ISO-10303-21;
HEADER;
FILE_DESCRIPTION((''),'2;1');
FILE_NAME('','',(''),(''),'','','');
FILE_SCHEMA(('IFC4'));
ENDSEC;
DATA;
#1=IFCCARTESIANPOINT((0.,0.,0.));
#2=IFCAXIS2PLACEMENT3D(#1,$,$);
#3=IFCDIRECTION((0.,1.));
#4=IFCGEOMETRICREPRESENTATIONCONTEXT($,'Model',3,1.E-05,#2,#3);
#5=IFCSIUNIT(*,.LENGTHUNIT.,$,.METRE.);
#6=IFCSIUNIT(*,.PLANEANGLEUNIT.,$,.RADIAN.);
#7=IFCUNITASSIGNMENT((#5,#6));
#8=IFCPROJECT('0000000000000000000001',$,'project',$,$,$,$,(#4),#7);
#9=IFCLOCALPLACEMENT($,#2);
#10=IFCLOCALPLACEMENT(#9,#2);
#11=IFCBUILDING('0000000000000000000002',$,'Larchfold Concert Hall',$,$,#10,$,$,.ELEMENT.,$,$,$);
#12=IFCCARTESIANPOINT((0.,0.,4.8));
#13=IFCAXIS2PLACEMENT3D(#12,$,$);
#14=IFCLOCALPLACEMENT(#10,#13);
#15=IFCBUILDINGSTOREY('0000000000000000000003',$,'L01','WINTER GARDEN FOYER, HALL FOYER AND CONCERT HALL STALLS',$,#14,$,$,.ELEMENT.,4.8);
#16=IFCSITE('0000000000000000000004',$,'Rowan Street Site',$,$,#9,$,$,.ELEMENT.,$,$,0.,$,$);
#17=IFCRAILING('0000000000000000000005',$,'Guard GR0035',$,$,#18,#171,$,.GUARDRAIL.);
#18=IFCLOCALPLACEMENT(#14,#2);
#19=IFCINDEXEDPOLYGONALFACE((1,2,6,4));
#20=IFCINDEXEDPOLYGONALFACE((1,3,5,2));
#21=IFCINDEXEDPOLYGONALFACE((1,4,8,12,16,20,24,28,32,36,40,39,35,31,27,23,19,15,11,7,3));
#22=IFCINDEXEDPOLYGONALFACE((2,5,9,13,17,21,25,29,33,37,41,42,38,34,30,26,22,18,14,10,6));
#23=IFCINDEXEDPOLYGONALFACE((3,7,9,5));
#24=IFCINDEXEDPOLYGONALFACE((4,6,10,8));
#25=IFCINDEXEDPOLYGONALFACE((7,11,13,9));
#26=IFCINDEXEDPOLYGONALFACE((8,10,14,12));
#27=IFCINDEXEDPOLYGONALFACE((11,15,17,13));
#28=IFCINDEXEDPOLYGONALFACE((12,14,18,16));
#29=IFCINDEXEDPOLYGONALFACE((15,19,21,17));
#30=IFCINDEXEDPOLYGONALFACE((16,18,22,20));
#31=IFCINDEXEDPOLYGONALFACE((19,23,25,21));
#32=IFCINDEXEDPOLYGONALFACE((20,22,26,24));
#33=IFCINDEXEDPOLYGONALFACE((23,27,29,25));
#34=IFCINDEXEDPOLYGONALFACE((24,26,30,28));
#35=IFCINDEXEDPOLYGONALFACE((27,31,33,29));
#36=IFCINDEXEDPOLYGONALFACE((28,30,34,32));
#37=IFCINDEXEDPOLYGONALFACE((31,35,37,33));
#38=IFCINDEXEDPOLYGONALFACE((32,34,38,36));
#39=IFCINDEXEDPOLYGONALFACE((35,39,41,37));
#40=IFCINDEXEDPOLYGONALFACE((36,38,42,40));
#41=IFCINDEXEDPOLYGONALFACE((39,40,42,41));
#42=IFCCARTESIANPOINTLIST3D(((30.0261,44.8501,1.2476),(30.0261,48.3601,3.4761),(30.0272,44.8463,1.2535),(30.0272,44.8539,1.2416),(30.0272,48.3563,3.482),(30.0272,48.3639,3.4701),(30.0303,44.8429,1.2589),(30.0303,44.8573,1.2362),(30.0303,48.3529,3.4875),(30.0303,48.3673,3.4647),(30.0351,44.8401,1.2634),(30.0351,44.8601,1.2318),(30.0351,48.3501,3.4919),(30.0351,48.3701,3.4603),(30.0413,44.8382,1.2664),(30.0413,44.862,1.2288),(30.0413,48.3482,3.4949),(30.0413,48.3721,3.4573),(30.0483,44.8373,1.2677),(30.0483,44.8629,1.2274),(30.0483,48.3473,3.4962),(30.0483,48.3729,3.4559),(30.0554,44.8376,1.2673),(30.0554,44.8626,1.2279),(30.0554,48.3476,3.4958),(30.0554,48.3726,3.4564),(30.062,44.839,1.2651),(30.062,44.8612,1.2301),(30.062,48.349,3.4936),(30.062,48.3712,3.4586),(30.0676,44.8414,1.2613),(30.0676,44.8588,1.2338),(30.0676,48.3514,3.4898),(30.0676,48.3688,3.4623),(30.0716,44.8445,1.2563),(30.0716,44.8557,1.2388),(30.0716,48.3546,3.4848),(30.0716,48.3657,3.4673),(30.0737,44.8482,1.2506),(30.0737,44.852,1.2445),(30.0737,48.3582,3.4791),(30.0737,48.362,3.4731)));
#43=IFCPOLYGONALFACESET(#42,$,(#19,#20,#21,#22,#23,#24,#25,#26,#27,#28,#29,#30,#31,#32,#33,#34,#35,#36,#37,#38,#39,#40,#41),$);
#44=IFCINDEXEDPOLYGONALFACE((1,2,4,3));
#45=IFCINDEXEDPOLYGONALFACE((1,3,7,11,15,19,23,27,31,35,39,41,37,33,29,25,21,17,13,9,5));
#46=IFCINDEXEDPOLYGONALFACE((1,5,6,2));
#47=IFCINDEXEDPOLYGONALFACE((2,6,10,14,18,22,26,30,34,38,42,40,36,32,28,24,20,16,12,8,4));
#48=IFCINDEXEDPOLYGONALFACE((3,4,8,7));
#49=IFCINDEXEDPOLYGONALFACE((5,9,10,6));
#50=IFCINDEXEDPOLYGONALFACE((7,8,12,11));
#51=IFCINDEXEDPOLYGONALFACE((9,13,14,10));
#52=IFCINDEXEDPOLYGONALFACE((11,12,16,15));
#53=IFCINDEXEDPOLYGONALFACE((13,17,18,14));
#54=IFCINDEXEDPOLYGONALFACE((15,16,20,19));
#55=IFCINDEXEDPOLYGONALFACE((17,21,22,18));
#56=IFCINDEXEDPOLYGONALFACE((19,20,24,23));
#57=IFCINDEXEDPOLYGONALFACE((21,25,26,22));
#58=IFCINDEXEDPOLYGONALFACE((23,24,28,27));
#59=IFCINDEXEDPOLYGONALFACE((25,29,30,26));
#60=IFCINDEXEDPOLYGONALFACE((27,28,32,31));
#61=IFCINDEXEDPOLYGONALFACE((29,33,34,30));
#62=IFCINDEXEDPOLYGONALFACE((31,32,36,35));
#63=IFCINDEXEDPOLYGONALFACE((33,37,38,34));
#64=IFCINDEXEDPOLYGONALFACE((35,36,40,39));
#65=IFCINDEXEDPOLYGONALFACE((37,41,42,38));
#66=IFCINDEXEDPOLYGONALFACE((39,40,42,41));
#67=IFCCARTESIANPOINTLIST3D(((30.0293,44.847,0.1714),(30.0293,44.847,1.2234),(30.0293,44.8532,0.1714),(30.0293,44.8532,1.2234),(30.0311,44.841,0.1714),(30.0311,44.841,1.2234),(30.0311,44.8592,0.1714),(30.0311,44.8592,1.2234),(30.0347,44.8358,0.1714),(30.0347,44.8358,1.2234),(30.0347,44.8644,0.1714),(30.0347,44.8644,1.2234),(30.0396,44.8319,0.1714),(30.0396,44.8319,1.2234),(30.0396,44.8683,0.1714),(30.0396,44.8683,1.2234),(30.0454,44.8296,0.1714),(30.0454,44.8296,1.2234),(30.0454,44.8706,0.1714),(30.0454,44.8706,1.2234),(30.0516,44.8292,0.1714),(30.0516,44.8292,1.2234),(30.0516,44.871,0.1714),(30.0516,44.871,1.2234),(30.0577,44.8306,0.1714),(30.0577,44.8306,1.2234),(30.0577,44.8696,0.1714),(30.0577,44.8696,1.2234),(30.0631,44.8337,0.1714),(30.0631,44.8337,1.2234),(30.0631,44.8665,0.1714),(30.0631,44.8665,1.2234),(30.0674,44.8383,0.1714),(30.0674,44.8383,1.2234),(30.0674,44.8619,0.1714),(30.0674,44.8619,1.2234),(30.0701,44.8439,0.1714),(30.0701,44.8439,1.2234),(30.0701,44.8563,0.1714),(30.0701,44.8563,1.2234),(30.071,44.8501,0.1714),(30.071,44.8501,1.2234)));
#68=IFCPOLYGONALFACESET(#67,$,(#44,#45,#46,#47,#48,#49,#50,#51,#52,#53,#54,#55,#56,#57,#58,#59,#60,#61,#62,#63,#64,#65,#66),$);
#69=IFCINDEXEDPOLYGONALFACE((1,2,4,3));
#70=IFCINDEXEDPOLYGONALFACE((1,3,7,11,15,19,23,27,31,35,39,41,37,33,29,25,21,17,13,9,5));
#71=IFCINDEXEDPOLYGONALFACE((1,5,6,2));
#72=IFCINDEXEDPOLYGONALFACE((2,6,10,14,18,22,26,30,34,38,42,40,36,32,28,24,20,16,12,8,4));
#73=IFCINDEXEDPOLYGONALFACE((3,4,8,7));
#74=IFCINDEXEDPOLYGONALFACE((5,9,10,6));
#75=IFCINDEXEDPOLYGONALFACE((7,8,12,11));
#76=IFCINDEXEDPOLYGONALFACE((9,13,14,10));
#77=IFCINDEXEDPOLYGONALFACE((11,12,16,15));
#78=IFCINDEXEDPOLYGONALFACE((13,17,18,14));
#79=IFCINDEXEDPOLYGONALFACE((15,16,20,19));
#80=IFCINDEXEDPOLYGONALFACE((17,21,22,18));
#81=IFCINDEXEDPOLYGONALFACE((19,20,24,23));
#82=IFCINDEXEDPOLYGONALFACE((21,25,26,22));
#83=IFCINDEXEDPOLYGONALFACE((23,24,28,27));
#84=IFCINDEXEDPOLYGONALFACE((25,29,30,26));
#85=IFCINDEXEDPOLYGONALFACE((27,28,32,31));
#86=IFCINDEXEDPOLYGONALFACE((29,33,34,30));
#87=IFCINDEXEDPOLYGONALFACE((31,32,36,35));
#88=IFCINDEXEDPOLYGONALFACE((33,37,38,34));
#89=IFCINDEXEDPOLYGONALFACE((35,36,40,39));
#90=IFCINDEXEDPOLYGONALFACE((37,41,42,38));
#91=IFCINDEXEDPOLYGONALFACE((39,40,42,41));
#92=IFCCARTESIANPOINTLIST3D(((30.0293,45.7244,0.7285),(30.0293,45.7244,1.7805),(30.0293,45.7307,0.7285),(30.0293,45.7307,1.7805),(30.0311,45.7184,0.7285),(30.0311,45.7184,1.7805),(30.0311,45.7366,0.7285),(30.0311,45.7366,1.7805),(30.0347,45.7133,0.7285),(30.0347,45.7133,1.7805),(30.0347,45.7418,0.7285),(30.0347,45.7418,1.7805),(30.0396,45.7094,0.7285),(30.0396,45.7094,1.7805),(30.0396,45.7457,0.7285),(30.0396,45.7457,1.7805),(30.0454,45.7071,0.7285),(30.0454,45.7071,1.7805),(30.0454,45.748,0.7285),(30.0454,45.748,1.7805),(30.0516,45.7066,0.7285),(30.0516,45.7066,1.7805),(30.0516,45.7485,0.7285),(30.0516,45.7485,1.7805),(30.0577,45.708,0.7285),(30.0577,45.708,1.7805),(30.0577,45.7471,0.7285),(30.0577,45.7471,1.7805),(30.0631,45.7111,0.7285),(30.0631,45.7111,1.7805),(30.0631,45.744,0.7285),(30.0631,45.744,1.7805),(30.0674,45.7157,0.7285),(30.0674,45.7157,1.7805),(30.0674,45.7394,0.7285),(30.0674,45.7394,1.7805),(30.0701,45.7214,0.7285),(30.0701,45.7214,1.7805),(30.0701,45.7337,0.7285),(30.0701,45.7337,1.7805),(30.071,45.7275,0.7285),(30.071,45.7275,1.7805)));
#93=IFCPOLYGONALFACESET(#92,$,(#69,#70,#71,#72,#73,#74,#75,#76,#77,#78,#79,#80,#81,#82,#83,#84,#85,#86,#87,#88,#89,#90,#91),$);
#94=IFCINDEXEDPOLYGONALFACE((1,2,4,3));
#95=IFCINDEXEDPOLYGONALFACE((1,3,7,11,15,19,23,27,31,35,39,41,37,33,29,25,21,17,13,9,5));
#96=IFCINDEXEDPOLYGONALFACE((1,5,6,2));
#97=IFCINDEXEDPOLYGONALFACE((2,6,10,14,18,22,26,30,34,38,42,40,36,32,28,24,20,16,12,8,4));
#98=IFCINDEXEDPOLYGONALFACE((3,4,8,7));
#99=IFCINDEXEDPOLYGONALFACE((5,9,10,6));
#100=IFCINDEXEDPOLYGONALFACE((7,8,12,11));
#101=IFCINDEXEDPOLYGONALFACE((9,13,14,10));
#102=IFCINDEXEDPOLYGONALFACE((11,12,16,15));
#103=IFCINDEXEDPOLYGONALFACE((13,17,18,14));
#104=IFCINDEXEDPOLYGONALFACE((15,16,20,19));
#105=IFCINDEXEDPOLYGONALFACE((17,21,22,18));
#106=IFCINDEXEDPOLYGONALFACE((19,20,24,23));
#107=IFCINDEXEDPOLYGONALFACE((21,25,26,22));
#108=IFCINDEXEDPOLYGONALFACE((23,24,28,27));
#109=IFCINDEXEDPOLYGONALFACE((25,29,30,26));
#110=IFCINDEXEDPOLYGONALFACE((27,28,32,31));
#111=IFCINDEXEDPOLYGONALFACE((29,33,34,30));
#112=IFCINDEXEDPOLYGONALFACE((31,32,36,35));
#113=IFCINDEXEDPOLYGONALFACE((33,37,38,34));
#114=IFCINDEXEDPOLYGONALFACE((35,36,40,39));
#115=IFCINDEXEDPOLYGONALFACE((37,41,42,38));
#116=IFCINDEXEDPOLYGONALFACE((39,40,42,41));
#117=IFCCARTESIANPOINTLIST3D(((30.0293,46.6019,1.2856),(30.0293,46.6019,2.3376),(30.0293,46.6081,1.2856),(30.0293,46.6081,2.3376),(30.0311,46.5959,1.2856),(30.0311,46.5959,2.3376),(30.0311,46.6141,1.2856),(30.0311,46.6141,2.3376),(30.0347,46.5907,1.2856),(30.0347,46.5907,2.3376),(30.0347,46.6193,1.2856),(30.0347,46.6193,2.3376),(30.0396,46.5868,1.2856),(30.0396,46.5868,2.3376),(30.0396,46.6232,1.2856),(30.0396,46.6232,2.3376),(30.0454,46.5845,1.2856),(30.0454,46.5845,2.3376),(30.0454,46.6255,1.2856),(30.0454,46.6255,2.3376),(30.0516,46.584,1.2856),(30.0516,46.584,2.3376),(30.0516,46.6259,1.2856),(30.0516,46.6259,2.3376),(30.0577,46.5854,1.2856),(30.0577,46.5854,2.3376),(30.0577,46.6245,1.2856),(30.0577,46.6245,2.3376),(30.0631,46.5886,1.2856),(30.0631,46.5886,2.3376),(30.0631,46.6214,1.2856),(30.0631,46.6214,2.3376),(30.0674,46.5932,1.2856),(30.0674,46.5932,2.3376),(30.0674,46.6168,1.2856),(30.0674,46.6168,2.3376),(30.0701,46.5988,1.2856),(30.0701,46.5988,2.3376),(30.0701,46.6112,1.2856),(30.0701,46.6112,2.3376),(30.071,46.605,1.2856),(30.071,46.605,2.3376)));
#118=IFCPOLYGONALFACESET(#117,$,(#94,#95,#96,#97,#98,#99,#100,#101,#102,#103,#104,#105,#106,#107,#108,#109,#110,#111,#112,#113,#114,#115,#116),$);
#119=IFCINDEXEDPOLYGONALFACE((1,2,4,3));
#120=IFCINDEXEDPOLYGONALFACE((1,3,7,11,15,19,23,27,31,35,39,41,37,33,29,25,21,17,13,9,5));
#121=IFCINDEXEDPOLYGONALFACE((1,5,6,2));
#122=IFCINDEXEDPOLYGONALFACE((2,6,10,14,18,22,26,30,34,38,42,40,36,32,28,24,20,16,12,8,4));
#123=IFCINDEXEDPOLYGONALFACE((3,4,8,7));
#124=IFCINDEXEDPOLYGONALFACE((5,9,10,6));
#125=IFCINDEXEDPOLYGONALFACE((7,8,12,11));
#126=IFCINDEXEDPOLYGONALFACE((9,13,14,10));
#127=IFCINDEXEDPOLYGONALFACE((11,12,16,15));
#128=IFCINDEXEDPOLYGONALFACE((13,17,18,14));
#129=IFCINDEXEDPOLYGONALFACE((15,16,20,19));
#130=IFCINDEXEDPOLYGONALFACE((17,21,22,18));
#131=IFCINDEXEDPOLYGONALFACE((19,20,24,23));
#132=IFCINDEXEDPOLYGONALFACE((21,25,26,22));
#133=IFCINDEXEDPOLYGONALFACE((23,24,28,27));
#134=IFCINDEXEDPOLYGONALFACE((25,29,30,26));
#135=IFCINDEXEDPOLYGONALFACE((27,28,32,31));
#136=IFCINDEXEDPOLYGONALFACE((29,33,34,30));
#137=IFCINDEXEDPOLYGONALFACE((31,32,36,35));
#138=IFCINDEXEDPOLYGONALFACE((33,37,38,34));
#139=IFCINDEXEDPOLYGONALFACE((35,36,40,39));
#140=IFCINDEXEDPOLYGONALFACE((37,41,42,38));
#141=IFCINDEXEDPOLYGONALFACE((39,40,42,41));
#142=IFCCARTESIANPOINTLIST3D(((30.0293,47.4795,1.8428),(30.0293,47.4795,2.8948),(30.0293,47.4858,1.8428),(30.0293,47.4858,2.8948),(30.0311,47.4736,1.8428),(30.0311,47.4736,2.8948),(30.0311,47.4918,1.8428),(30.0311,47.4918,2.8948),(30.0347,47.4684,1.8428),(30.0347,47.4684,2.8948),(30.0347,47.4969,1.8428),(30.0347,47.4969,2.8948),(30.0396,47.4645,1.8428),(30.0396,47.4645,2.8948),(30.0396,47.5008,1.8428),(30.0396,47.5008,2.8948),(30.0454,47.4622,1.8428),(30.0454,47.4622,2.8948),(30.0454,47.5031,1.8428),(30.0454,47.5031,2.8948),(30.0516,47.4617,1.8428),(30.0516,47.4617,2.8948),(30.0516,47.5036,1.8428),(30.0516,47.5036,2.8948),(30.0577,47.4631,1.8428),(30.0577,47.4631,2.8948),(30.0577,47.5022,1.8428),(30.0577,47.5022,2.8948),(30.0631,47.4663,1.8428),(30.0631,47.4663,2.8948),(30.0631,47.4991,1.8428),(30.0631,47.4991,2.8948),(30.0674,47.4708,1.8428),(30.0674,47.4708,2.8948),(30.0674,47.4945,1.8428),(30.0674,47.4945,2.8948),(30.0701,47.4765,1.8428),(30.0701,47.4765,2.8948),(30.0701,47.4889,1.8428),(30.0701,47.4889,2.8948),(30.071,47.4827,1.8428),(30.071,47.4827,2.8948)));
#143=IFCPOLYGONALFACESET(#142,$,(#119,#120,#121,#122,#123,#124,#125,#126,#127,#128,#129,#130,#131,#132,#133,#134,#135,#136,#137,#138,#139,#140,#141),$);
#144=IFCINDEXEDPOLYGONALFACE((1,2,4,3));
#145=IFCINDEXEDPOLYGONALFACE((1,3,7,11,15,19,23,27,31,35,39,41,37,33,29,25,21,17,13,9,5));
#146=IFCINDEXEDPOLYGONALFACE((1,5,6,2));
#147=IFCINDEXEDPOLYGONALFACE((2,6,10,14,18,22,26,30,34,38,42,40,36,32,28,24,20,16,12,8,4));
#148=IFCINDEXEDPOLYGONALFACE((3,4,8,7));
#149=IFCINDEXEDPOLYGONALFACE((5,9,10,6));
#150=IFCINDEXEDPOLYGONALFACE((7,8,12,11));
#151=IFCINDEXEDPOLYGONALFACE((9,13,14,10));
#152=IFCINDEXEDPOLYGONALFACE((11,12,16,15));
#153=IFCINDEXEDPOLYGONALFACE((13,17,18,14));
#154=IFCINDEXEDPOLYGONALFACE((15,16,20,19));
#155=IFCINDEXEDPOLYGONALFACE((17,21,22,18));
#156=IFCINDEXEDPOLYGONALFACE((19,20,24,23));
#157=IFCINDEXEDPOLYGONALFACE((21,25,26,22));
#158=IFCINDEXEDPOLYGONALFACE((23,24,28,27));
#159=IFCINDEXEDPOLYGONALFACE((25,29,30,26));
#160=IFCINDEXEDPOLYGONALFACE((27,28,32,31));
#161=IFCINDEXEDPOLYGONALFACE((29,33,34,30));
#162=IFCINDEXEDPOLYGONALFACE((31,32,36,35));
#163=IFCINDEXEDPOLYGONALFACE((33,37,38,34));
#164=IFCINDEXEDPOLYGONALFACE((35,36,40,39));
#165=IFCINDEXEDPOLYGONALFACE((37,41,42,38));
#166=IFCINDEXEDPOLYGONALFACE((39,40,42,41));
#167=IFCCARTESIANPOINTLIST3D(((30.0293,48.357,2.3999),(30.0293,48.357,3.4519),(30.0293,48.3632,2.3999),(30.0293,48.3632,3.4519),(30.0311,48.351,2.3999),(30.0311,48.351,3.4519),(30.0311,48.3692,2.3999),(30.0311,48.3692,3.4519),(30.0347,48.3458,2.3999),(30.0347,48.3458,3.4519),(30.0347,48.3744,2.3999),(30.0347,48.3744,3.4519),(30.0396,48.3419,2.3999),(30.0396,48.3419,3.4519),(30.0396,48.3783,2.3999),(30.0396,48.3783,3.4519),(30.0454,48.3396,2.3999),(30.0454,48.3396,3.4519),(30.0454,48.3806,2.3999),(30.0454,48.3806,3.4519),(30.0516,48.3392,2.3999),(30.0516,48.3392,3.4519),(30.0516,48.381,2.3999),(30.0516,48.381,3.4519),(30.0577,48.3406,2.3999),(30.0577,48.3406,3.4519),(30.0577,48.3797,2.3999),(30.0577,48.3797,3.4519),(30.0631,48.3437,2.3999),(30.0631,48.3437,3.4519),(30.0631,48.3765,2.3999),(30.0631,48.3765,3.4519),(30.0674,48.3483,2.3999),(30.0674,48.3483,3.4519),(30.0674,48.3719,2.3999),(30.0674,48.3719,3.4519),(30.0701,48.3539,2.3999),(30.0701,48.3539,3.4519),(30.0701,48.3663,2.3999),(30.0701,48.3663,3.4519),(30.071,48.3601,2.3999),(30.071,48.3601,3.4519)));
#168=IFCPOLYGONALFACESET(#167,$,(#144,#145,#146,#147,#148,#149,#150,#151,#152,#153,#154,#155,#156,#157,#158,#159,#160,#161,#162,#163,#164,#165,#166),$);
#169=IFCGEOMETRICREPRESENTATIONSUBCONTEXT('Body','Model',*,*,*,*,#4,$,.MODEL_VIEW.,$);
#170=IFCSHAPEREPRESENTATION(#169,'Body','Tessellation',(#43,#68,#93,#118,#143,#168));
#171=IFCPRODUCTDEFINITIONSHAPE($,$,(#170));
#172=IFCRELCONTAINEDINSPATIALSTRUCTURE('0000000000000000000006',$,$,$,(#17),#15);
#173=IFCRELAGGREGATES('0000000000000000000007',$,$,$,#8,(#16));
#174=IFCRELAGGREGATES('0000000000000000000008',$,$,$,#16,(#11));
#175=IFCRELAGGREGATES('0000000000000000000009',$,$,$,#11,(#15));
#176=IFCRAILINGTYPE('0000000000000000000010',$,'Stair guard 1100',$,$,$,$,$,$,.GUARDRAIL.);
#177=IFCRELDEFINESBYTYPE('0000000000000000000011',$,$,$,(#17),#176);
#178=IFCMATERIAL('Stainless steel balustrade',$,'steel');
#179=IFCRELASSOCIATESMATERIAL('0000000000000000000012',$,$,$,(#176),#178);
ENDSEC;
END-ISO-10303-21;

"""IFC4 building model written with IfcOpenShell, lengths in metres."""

from ifc_helpers import new_model, si_unit, direction, frame, origin, origin_2d, place, context, subcontext, project, spatial, circle, extrude, material, type_object, element, save


model = new_model("IFC4")

# Units and contexts
model_context = context("Model", 3, precision=1e-05, world=origin(), true_north=direction((0.0, 1.0)))
body_context = subcontext(model_context, "Body", "Model", "MODEL_VIEW")
ifc_project = project(units=[si_unit("LENGTHUNIT", "METRE"), si_unit("PLANEANGLEUNIT", "RADIAN")], contexts=[model_context])

# Site, building, storey
site_placement = place(None, origin())
site = spatial("IfcSite", under=ifc_project, at=site_placement, Name="Rowan Street Site", CompositionType="ELEMENT", RefElevation=0.0)
building_placement = place(site_placement, origin())
building = spatial("IfcBuilding", under=site, at=building_placement, Name="Larchfold Concert Hall", CompositionType="ELEMENT")
storey_placement = place(building_placement, frame((0.0, 0.0, 4.8)))
storey = spatial("IfcBuildingStorey", under=building, at=storey_placement, Name="L01", Description="WINTER GARDEN FOYER, HALL FOYER AND CONCERT HALL STALLS", CompositionType="ELEMENT", Elevation=4.8)

# Railing
ifc_material_1 = material(Name="Stainless steel balustrade", Category="steel")
railing_type_1 = type_object("IfcRailingType", Name="Stair guard 1100", PredefinedType="GUARDRAIL", material=ifc_material_1)
railing_1_placement = place(storey_placement, frame((30.05, 44.8501, 0.1714)))
element("IfcRailing", 1, at=railing_1_placement, inside=storey, type_object=railing_type_1, Name="Guard GR0035", PredefinedType="GUARDRAIL", context=body_context, shape_type="SweptSolid", body=[
    extrude(circle(Radius=0.0239, at=origin_2d()), frame((0.0, 0.0, 1.0762), z_axis=(0.0, 0.84422, 0.535998), x_axis=(-1.0, 0.0, 0.0)), (0.0, 0.0, 1.0), 4.1577),
    extrude(circle(Radius=0.021, at=origin_2d()), origin(), (0.0, 0.0, 1.0), 1.052),
    extrude(circle(Radius=0.021, at=origin_2d()), frame((0.0, 0.8774, 0.5571)), (0.0, 0.0, 1.0), 1.052),
    extrude(circle(Radius=0.021, at=origin_2d()), frame((0.0, 1.7549, 1.1143)), (0.0, 0.0, 1.0), 1.052),
    extrude(circle(Radius=0.021, at=origin_2d()), frame((0.0, 2.6326, 1.6714)), (0.0, 0.0, 1.0), 1.052),
    extrude(circle(Radius=0.021, at=origin_2d()), frame((0.0, 3.51, 2.2285)), (0.0, 0.0, 1.0), 1.052),
])

save(model, "model.ifc")
